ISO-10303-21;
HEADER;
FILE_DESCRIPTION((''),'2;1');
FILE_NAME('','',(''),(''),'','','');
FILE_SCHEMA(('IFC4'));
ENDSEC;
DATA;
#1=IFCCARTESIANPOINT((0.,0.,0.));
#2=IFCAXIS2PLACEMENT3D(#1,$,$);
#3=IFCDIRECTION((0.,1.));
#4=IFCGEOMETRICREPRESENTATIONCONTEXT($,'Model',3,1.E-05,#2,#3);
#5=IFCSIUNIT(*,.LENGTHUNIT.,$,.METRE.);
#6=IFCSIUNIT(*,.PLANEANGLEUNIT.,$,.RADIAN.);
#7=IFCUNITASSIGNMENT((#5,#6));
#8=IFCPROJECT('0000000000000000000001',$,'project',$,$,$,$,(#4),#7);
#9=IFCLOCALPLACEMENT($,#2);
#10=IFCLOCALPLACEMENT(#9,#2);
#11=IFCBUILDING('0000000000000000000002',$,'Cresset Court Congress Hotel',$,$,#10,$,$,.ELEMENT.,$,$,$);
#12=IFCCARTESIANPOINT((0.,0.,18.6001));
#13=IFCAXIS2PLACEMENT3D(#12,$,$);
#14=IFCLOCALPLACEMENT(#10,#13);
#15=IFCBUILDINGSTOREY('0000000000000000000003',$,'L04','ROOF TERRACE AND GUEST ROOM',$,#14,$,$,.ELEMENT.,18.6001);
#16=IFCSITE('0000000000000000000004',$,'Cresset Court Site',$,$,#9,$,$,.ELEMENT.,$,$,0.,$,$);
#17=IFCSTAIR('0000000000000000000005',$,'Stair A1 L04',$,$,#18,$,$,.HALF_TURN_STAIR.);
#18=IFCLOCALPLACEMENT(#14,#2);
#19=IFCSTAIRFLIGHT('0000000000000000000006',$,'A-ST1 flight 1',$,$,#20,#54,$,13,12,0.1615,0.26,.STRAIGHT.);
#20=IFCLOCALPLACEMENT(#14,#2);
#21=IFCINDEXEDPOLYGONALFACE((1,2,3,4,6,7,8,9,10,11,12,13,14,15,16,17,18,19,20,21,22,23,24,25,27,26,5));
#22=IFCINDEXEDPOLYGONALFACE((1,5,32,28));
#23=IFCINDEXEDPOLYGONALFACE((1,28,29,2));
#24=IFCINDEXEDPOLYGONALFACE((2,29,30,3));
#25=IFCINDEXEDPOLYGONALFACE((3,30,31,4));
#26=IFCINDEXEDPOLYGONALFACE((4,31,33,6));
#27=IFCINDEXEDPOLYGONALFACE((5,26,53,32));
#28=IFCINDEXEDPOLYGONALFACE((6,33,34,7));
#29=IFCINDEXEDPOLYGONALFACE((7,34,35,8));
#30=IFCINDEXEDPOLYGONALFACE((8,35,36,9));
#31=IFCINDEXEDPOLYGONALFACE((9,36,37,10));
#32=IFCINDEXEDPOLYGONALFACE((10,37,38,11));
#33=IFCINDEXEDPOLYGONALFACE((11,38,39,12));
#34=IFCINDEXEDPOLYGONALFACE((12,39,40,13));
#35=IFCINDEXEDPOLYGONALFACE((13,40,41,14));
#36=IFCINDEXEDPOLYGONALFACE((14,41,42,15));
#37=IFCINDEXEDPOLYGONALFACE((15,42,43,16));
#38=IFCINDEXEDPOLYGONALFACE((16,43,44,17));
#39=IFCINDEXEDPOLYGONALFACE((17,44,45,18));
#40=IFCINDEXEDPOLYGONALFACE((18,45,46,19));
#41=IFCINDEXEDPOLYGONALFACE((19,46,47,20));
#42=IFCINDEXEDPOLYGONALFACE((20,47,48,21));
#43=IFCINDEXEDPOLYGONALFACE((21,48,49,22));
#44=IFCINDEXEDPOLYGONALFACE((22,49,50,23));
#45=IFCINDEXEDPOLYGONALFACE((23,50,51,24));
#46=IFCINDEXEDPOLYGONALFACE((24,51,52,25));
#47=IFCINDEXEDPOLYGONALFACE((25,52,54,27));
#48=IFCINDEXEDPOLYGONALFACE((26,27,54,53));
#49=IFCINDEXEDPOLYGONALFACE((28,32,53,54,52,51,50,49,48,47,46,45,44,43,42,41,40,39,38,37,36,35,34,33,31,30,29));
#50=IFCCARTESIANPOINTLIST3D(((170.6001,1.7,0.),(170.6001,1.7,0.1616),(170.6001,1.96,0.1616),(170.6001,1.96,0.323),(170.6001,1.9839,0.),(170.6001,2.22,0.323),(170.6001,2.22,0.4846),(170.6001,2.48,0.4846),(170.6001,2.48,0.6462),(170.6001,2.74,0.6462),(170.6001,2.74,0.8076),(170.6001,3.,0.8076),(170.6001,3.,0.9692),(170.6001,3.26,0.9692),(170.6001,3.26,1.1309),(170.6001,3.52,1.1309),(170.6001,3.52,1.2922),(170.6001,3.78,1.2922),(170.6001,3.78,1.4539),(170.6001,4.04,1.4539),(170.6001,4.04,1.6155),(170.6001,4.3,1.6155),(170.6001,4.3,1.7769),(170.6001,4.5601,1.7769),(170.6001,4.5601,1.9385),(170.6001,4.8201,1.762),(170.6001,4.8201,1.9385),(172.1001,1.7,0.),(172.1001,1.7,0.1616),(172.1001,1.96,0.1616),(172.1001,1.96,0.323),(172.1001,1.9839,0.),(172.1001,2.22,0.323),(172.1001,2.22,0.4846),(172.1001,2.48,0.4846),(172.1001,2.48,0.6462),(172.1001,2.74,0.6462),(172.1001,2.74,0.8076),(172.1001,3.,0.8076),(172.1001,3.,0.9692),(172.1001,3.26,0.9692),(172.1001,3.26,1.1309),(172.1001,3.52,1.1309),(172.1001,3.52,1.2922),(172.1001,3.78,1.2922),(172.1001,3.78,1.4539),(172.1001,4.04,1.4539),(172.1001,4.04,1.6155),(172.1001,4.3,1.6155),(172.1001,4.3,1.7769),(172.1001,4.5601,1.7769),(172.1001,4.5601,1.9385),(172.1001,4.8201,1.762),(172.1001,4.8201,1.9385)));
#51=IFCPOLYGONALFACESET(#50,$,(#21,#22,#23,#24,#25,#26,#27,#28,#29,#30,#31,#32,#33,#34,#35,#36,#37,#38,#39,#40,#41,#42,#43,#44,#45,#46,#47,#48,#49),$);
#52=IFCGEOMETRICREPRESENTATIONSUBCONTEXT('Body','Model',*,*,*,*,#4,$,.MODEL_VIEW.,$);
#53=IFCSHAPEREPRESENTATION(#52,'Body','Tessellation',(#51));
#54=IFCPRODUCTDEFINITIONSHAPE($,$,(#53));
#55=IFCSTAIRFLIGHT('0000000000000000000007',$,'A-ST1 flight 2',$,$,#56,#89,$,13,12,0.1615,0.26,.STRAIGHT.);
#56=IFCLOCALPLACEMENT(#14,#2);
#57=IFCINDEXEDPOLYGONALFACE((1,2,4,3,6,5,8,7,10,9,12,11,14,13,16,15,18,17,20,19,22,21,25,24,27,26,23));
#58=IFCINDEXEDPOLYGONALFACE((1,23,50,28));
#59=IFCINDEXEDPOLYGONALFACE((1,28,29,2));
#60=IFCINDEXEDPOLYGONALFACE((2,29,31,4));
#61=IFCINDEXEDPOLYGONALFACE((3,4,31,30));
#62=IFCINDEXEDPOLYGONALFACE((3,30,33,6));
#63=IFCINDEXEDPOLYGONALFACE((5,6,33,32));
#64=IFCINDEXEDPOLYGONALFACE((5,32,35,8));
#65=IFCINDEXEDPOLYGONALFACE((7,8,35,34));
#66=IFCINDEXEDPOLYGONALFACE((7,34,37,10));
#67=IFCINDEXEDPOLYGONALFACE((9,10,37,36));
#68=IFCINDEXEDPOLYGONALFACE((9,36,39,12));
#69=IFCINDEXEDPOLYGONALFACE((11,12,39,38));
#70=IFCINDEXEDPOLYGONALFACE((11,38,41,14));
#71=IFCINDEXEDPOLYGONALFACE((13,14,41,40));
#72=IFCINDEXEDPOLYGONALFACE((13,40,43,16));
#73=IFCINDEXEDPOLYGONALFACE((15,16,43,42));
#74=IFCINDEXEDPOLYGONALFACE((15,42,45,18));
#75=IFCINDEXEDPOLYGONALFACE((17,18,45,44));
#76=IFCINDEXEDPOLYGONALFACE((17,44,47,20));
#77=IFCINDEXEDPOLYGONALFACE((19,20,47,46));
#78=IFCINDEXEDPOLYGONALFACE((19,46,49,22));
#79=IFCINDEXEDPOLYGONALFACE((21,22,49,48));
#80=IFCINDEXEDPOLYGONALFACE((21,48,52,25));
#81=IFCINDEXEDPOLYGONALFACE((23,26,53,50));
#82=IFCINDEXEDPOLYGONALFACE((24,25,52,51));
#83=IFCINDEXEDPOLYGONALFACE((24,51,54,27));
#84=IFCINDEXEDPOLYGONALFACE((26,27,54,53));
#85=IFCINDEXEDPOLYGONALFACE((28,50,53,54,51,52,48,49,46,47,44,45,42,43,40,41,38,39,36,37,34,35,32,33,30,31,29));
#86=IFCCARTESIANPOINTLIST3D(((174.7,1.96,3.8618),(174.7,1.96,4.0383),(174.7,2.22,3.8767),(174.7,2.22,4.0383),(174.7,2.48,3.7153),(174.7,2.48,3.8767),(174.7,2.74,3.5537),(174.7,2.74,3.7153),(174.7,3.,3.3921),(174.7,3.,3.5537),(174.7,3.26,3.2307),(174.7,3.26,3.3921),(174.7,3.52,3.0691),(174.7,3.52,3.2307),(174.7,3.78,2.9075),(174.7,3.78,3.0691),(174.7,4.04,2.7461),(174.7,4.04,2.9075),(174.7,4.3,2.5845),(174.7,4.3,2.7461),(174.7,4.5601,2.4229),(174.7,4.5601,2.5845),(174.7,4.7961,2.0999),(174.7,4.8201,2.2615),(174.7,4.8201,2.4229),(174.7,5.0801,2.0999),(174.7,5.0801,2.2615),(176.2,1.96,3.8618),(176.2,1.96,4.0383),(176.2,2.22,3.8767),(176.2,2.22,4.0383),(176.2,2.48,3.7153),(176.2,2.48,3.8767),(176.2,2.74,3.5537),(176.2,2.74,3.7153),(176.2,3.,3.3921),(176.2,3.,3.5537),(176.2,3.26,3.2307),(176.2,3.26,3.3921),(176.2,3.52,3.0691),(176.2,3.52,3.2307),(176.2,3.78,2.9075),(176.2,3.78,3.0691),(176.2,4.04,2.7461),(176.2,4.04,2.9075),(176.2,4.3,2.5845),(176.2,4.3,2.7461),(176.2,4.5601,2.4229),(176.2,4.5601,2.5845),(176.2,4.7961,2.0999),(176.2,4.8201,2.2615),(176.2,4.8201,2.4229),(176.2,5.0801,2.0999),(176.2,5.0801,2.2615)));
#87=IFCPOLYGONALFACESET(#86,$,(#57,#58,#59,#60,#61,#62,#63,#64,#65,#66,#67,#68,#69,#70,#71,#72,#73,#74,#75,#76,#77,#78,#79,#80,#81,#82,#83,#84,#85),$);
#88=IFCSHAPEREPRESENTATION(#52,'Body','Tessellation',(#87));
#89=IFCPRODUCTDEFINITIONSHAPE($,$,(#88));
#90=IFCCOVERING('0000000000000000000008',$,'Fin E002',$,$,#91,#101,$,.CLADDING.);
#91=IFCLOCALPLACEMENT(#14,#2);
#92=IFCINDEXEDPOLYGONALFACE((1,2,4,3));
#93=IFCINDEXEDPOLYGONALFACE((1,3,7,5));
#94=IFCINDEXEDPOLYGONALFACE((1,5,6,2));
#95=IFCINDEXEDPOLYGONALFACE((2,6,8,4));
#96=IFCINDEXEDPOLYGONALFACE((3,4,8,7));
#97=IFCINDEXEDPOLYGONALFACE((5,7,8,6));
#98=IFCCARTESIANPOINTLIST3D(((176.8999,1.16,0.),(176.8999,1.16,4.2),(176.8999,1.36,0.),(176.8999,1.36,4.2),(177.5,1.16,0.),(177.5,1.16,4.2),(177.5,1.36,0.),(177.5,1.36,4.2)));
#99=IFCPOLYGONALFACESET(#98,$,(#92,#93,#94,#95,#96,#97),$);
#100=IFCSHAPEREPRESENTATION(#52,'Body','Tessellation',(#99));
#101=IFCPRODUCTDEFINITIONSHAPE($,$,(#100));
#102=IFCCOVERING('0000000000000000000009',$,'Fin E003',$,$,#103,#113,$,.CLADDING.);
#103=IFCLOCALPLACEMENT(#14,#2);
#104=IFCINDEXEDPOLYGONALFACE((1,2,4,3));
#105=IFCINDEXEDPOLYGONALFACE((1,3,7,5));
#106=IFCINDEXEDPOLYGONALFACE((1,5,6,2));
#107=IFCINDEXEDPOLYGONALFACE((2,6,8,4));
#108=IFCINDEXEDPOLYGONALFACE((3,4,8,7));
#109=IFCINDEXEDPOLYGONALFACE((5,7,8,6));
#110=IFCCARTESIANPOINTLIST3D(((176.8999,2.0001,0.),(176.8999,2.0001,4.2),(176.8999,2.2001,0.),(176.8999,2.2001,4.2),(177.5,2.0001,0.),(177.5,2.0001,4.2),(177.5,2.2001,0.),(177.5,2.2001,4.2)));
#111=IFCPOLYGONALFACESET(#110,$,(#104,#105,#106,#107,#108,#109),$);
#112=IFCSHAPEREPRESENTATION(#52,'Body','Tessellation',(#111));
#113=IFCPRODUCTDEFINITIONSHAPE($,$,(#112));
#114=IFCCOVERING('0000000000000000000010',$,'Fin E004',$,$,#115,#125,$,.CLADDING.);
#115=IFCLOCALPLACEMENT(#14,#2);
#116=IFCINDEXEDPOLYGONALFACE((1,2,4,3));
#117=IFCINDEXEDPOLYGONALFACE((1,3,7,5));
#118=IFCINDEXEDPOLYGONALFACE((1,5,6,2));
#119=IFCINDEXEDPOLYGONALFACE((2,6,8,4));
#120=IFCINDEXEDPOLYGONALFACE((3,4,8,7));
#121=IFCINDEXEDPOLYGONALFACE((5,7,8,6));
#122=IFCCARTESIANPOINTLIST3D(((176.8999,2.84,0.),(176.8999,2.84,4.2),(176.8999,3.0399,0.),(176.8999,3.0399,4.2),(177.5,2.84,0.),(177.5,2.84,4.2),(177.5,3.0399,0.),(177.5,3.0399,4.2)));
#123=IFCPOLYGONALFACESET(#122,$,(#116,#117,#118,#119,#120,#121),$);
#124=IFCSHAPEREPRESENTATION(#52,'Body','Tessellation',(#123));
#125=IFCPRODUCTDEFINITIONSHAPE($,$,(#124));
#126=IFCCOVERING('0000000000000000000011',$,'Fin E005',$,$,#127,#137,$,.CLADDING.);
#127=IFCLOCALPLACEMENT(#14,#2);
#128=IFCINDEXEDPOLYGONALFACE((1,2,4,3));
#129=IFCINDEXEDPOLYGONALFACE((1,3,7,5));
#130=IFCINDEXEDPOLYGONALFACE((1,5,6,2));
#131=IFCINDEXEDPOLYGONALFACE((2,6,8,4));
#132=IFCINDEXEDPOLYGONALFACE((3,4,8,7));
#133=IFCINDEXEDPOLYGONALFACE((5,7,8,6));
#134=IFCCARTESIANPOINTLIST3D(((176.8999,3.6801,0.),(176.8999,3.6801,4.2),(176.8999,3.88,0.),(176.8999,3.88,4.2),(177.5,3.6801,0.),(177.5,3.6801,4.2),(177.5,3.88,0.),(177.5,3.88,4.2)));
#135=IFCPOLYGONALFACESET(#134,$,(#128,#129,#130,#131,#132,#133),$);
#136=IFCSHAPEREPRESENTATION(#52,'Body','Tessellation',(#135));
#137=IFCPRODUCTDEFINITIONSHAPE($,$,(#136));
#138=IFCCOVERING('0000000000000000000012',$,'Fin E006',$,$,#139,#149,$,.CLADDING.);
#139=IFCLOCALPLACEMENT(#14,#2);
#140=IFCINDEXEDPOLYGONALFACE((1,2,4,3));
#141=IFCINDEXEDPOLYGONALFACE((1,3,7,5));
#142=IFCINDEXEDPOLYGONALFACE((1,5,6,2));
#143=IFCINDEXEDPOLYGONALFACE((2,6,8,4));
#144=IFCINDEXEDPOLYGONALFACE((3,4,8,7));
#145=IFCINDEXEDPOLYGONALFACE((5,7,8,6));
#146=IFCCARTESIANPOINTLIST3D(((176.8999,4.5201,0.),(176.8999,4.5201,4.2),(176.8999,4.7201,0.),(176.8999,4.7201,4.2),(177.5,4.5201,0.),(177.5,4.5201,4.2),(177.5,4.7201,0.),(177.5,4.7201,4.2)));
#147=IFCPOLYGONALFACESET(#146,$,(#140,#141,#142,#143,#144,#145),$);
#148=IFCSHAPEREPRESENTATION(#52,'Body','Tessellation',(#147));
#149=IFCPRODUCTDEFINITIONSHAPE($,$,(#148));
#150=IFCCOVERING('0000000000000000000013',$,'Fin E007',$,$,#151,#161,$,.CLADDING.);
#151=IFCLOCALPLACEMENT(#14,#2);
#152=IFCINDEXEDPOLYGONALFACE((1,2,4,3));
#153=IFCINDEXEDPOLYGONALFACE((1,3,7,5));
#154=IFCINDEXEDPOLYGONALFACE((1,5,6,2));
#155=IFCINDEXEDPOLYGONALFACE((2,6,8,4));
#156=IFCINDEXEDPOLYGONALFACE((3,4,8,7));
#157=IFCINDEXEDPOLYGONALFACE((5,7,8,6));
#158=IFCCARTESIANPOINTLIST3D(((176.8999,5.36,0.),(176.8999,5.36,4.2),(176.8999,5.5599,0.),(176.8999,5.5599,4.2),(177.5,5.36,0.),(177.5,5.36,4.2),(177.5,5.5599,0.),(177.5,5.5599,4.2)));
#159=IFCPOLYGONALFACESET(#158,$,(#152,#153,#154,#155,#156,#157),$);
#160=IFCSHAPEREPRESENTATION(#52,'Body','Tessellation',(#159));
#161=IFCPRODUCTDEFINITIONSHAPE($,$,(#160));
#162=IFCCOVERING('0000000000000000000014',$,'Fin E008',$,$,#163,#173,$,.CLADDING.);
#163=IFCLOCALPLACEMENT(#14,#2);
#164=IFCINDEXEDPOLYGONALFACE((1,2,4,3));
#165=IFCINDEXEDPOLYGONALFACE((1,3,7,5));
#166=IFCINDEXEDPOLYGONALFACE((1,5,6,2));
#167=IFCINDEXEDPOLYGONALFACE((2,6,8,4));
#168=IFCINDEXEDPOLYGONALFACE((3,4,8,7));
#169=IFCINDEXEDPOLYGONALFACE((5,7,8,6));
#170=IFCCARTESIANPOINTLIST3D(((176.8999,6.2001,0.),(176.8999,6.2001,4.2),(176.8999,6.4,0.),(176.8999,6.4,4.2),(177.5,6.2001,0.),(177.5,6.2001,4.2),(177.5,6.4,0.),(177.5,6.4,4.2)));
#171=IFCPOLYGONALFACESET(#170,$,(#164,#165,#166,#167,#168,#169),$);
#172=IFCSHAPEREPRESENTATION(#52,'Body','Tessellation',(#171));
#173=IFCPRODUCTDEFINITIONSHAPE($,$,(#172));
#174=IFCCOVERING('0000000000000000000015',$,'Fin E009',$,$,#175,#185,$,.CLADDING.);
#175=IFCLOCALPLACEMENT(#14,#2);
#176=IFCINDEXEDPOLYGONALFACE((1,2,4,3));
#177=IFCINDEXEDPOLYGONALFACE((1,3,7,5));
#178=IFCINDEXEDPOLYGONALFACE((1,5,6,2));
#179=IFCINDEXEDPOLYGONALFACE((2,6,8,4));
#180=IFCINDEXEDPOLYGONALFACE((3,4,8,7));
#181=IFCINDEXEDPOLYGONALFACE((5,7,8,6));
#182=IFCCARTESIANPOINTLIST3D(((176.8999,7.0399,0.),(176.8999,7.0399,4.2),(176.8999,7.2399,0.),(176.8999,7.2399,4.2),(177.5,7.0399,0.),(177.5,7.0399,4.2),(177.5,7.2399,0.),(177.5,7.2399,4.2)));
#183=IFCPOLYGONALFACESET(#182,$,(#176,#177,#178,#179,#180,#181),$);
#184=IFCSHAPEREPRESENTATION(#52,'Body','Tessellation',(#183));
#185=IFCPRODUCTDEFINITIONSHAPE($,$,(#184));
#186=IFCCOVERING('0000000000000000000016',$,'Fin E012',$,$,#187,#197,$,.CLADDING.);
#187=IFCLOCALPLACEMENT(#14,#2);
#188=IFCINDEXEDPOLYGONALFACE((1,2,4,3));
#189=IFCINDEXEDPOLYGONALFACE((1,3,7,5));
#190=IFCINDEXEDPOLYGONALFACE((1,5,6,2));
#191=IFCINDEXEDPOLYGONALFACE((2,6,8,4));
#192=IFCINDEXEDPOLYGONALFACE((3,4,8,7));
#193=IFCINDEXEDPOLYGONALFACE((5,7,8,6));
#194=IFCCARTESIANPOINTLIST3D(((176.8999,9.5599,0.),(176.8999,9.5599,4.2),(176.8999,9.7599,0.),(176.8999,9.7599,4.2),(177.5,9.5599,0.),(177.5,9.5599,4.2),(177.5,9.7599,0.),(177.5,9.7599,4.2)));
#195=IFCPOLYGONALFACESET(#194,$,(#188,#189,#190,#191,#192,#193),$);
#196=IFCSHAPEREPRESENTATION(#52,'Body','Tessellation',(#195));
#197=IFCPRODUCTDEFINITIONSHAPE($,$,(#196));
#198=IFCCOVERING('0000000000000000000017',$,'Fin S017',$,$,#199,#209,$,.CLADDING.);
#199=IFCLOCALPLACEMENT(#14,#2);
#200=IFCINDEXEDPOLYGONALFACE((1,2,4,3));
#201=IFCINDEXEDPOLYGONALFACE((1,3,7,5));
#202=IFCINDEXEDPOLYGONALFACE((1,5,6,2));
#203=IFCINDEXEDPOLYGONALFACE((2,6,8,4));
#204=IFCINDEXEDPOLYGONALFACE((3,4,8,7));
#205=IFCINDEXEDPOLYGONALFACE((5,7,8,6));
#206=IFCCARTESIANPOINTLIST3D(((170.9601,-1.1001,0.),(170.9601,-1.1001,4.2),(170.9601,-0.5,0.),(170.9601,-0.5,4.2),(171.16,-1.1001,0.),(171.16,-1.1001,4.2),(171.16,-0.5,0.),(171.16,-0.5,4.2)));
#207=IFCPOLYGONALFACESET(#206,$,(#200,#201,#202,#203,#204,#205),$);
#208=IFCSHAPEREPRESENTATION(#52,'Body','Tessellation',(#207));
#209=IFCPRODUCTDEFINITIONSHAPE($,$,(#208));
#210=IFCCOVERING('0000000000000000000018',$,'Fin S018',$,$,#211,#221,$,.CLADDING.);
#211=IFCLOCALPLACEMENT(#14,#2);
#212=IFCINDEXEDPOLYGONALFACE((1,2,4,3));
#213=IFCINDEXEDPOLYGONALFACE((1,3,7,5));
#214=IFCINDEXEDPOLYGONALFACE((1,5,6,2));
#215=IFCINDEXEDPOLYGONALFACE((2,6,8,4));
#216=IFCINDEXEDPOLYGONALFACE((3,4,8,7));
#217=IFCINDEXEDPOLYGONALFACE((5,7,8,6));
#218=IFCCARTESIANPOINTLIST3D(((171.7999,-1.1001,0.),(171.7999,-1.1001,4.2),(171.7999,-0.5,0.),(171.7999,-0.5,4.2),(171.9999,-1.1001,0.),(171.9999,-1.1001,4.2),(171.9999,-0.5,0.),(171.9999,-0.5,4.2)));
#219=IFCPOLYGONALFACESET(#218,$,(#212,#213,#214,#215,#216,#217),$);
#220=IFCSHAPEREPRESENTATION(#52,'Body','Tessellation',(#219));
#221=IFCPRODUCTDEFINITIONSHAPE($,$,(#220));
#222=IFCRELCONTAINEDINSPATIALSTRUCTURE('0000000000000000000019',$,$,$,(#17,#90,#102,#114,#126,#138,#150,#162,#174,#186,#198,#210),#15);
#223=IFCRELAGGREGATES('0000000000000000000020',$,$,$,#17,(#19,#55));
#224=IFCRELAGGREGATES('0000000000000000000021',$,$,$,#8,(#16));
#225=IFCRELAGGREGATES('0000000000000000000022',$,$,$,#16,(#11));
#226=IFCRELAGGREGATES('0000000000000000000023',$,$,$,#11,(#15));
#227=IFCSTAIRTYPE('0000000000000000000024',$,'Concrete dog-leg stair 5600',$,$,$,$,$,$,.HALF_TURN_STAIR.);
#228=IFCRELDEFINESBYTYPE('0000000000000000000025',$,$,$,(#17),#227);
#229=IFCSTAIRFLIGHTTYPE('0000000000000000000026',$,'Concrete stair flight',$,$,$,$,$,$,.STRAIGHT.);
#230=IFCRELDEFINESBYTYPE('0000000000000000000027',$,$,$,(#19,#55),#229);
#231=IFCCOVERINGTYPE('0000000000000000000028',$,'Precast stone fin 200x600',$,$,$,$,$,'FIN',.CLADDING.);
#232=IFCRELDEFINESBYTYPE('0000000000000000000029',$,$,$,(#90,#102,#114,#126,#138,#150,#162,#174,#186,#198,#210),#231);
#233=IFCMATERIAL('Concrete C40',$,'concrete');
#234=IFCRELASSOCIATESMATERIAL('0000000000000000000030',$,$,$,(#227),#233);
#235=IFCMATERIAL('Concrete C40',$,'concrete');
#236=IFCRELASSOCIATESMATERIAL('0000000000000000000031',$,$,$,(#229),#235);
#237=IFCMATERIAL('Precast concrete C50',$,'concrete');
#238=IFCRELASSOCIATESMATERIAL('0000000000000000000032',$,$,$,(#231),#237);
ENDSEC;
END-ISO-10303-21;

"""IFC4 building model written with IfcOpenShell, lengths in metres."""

from ifc_helpers import new_model, si_unit, direction, frame, origin, origin_2d, place, context, subcontext, project, spatial, polyline, rectangle, outline, extrude, material, type_object, element, aggregate, save


model = new_model("IFC4")

# Units and contexts
model_context = context("Model", 3, precision=1e-05, world=origin(), true_north=direction((0.0, 1.0)))
body_context = subcontext(model_context, "Body", "Model", "MODEL_VIEW")
ifc_project = project(units=[si_unit("LENGTHUNIT", "METRE"), si_unit("PLANEANGLEUNIT", "RADIAN")], contexts=[model_context])

# Site, building, storey
site_placement = place(None, origin())
site = spatial("IfcSite", under=ifc_project, at=site_placement, Name="Cresset Court Site", CompositionType="ELEMENT", RefElevation=0.0)
building_placement = place(site_placement, origin())
building = spatial("IfcBuilding", under=site, at=building_placement, Name="Cresset Court Congress Hotel", CompositionType="ELEMENT")
storey_placement = place(building_placement, frame((0.0, 0.0, 18.6001)))
storey = spatial("IfcBuildingStorey", under=building, at=storey_placement, Name="L04", Description="ROOF TERRACE AND GUEST ROOM", CompositionType="ELEMENT", Elevation=18.6001)

# Stair, stair flights
ifc_material_1 = material(Name="Concrete C40", Category="concrete")
stair_type = type_object("IfcStairType", Name="Concrete dog-leg stair 5600", PredefinedType="HALF_TURN_STAIR", material=ifc_material_1)
stair_placement = place(storey_placement, origin())
stair = element("IfcStair", 1, at=stair_placement, inside=storey, type_object=stair_type, Name="Stair A1 L04", PredefinedType="HALF_TURN_STAIR")
ifc_material_2 = material(Name="Concrete C40", Category="concrete")
stair_flight_type = type_object("IfcStairFlightType", Name="Concrete stair flight", PredefinedType="STRAIGHT", material=ifc_material_2)
stair_flight_1_placement = place(storey_placement, frame((171.3501, 1.7, 0.0), z_axis=(0.0, 0.0, 1.0), x_axis=(0.0, 1.0, 0.0)))
stair_flight_1 = element("IfcStairFlight", 2, at=stair_flight_1_placement, type_object=stair_flight_type, Name="A-ST1 flight 1", NumberOfRisers=13, NumberOfTreads=12, PredefinedType="STRAIGHT", RiserHeight=0.1615, TreadLength=0.26, context=body_context, shape_type="SweptSolid", body=[
    extrude(outline(polyline([(0.0, 0.0), (0.0, 0.1616), (0.26, 0.1616), (0.26, 0.323), (0.52, 0.323), (0.52, 0.4846), (0.78, 0.4846), (0.78, 0.6462), (1.04, 0.6462), (1.04, 0.8076), (1.3, 0.8076), (1.3, 0.9692), (1.5601, 0.9692), (1.5601, 1.1309), (1.8201, 1.1309), (1.8201, 1.2922), (2.0801, 1.2922), (2.0801, 1.4539), (2.3401, 1.4539), (2.3401, 1.6155), (2.6001, 1.6155), (2.6001, 1.7769), (2.8601, 1.7769), (2.8601, 1.9385), (3.1201, 1.9385), (3.1201, 2.1001), (3.1201, 1.762), (0.2839, 0.0), (0.0, 0.0)])), frame((0.0, 0.75, 0.0), z_axis=(0.0, -1.0, 0.0), x_axis=(1.0, 0.0, 0.0)), (0.0, 0.0, 1.0), 1.5),
])
stair_flight_2_placement = place(storey_placement, frame((175.45, 5.0801, 2.0999), z_axis=(0.0, 0.0, 1.0), x_axis=(0.0, -1.0, 0.0)))
stair_flight_2 = element("IfcStairFlight", 3, at=stair_flight_2_placement, type_object=stair_flight_type, Name="A-ST1 flight 2", NumberOfRisers=13, NumberOfTreads=12, PredefinedType="STRAIGHT", RiserHeight=0.1615, TreadLength=0.26, context=body_context, shape_type="SweptSolid", body=[
    extrude(outline(polyline([(0.0, 0.0), (0.0, 0.1616), (0.26, 0.1616), (0.26, 0.323), (0.52, 0.323), (0.52, 0.4846), (0.78, 0.4846), (0.78, 0.6462), (1.04, 0.6462), (1.04, 0.8076), (1.3, 0.8076), (1.3, 0.9692), (1.5601, 0.9692), (1.5601, 1.1309), (1.8201, 1.1309), (1.8201, 1.2922), (2.0801, 1.2922), (2.0801, 1.4539), (2.3401, 1.4539), (2.3401, 1.6155), (2.6001, 1.6155), (2.6001, 1.7769), (2.8601, 1.7769), (2.8601, 1.9385), (3.1201, 1.9385), (3.1201, 2.1001), (3.1201, 1.762), (0.2839, 0.0), (0.0, 0.0)])), frame((0.0, 0.75, 0.0), z_axis=(0.0, -1.0, 0.0), x_axis=(1.0, 0.0, 0.0)), (0.0, 0.0, 1.0), 1.5),
])
aggregate(stair, [stair_flight_1, stair_flight_2])

# Coverings
ifc_material_3 = material(Name="Precast concrete C50", Category="concrete")
covering_type_1 = type_object("IfcCoveringType", Name="Precast stone fin 200x600", ElementType="FIN", PredefinedType="CLADDING", material=ifc_material_3)
for number, where, z_axis, x_axis, name in (
    (4, (177.2, 1.26, 0.0), (0.0, 0.0, 1.0), (1.0, 0.0, 0.0), "Fin E002"),
    (5, (177.2, 2.1001, 0.0), (0.0, 0.0, 1.0), (1.0, 0.0, 0.0), "Fin E003"),
    (6, (177.2, 2.9399, 0.0), (0.0, 0.0, 1.0), (1.0, 0.0, 0.0), "Fin E004"),
    (7, (177.2, 3.78, 0.0), (0.0, 0.0, 1.0), (1.0, 0.0, 0.0), "Fin E005"),
    (8, (177.2, 4.6201, 0.0), (0.0, 0.0, 1.0), (1.0, 0.0, 0.0), "Fin E006"),
    (9, (177.2, 5.46, 0.0), (0.0, 0.0, 1.0), (1.0, 0.0, 0.0), "Fin E007"),
    (10, (177.2, 6.3, 0.0), (0.0, 0.0, 1.0), (1.0, 0.0, 0.0), "Fin E008"),
    (11, (177.2, 7.1399, 0.0), (0.0, 0.0, 1.0), (1.0, 0.0, 0.0), "Fin E009"),
    (12, (177.2, 9.6599, 0.0), (0.0, 0.0, 1.0), (1.0, 0.0, 0.0), "Fin E012"),
):
    element("IfcCovering", number, at=place(storey_placement, frame(where, z_axis=z_axis, x_axis=x_axis)), inside=storey, type_object=covering_type_1, Name=name, PredefinedType="CLADDING", context=body_context, shape_type="SweptSolid", body=[
        extrude(rectangle(XDim=0.6001, YDim=0.2, at=origin_2d()), origin(), (0.0, 0.0, 1.0), 4.2),
    ])
for number, where, z_axis, x_axis, name in (
    (13, (171.0601, -0.8, 0.0), (0.0, 0.0, 1.0), (1.0, 0.0, 0.0), "Fin S017"),
    (14, (171.8999, -0.8, 0.0), (0.0, 0.0, 1.0), (1.0, 0.0, 0.0), "Fin S018"),
):
    element("IfcCovering", number, at=place(storey_placement, frame(where, z_axis=z_axis, x_axis=x_axis)), inside=storey, type_object=covering_type_1, Name=name, PredefinedType="CLADDING", context=body_context, shape_type="SweptSolid", body=[
        extrude(rectangle(XDim=0.2, YDim=0.6001, at=origin_2d()), origin(), (0.0, 0.0, 1.0), 4.2),
    ])

save(model, "model.ifc")
